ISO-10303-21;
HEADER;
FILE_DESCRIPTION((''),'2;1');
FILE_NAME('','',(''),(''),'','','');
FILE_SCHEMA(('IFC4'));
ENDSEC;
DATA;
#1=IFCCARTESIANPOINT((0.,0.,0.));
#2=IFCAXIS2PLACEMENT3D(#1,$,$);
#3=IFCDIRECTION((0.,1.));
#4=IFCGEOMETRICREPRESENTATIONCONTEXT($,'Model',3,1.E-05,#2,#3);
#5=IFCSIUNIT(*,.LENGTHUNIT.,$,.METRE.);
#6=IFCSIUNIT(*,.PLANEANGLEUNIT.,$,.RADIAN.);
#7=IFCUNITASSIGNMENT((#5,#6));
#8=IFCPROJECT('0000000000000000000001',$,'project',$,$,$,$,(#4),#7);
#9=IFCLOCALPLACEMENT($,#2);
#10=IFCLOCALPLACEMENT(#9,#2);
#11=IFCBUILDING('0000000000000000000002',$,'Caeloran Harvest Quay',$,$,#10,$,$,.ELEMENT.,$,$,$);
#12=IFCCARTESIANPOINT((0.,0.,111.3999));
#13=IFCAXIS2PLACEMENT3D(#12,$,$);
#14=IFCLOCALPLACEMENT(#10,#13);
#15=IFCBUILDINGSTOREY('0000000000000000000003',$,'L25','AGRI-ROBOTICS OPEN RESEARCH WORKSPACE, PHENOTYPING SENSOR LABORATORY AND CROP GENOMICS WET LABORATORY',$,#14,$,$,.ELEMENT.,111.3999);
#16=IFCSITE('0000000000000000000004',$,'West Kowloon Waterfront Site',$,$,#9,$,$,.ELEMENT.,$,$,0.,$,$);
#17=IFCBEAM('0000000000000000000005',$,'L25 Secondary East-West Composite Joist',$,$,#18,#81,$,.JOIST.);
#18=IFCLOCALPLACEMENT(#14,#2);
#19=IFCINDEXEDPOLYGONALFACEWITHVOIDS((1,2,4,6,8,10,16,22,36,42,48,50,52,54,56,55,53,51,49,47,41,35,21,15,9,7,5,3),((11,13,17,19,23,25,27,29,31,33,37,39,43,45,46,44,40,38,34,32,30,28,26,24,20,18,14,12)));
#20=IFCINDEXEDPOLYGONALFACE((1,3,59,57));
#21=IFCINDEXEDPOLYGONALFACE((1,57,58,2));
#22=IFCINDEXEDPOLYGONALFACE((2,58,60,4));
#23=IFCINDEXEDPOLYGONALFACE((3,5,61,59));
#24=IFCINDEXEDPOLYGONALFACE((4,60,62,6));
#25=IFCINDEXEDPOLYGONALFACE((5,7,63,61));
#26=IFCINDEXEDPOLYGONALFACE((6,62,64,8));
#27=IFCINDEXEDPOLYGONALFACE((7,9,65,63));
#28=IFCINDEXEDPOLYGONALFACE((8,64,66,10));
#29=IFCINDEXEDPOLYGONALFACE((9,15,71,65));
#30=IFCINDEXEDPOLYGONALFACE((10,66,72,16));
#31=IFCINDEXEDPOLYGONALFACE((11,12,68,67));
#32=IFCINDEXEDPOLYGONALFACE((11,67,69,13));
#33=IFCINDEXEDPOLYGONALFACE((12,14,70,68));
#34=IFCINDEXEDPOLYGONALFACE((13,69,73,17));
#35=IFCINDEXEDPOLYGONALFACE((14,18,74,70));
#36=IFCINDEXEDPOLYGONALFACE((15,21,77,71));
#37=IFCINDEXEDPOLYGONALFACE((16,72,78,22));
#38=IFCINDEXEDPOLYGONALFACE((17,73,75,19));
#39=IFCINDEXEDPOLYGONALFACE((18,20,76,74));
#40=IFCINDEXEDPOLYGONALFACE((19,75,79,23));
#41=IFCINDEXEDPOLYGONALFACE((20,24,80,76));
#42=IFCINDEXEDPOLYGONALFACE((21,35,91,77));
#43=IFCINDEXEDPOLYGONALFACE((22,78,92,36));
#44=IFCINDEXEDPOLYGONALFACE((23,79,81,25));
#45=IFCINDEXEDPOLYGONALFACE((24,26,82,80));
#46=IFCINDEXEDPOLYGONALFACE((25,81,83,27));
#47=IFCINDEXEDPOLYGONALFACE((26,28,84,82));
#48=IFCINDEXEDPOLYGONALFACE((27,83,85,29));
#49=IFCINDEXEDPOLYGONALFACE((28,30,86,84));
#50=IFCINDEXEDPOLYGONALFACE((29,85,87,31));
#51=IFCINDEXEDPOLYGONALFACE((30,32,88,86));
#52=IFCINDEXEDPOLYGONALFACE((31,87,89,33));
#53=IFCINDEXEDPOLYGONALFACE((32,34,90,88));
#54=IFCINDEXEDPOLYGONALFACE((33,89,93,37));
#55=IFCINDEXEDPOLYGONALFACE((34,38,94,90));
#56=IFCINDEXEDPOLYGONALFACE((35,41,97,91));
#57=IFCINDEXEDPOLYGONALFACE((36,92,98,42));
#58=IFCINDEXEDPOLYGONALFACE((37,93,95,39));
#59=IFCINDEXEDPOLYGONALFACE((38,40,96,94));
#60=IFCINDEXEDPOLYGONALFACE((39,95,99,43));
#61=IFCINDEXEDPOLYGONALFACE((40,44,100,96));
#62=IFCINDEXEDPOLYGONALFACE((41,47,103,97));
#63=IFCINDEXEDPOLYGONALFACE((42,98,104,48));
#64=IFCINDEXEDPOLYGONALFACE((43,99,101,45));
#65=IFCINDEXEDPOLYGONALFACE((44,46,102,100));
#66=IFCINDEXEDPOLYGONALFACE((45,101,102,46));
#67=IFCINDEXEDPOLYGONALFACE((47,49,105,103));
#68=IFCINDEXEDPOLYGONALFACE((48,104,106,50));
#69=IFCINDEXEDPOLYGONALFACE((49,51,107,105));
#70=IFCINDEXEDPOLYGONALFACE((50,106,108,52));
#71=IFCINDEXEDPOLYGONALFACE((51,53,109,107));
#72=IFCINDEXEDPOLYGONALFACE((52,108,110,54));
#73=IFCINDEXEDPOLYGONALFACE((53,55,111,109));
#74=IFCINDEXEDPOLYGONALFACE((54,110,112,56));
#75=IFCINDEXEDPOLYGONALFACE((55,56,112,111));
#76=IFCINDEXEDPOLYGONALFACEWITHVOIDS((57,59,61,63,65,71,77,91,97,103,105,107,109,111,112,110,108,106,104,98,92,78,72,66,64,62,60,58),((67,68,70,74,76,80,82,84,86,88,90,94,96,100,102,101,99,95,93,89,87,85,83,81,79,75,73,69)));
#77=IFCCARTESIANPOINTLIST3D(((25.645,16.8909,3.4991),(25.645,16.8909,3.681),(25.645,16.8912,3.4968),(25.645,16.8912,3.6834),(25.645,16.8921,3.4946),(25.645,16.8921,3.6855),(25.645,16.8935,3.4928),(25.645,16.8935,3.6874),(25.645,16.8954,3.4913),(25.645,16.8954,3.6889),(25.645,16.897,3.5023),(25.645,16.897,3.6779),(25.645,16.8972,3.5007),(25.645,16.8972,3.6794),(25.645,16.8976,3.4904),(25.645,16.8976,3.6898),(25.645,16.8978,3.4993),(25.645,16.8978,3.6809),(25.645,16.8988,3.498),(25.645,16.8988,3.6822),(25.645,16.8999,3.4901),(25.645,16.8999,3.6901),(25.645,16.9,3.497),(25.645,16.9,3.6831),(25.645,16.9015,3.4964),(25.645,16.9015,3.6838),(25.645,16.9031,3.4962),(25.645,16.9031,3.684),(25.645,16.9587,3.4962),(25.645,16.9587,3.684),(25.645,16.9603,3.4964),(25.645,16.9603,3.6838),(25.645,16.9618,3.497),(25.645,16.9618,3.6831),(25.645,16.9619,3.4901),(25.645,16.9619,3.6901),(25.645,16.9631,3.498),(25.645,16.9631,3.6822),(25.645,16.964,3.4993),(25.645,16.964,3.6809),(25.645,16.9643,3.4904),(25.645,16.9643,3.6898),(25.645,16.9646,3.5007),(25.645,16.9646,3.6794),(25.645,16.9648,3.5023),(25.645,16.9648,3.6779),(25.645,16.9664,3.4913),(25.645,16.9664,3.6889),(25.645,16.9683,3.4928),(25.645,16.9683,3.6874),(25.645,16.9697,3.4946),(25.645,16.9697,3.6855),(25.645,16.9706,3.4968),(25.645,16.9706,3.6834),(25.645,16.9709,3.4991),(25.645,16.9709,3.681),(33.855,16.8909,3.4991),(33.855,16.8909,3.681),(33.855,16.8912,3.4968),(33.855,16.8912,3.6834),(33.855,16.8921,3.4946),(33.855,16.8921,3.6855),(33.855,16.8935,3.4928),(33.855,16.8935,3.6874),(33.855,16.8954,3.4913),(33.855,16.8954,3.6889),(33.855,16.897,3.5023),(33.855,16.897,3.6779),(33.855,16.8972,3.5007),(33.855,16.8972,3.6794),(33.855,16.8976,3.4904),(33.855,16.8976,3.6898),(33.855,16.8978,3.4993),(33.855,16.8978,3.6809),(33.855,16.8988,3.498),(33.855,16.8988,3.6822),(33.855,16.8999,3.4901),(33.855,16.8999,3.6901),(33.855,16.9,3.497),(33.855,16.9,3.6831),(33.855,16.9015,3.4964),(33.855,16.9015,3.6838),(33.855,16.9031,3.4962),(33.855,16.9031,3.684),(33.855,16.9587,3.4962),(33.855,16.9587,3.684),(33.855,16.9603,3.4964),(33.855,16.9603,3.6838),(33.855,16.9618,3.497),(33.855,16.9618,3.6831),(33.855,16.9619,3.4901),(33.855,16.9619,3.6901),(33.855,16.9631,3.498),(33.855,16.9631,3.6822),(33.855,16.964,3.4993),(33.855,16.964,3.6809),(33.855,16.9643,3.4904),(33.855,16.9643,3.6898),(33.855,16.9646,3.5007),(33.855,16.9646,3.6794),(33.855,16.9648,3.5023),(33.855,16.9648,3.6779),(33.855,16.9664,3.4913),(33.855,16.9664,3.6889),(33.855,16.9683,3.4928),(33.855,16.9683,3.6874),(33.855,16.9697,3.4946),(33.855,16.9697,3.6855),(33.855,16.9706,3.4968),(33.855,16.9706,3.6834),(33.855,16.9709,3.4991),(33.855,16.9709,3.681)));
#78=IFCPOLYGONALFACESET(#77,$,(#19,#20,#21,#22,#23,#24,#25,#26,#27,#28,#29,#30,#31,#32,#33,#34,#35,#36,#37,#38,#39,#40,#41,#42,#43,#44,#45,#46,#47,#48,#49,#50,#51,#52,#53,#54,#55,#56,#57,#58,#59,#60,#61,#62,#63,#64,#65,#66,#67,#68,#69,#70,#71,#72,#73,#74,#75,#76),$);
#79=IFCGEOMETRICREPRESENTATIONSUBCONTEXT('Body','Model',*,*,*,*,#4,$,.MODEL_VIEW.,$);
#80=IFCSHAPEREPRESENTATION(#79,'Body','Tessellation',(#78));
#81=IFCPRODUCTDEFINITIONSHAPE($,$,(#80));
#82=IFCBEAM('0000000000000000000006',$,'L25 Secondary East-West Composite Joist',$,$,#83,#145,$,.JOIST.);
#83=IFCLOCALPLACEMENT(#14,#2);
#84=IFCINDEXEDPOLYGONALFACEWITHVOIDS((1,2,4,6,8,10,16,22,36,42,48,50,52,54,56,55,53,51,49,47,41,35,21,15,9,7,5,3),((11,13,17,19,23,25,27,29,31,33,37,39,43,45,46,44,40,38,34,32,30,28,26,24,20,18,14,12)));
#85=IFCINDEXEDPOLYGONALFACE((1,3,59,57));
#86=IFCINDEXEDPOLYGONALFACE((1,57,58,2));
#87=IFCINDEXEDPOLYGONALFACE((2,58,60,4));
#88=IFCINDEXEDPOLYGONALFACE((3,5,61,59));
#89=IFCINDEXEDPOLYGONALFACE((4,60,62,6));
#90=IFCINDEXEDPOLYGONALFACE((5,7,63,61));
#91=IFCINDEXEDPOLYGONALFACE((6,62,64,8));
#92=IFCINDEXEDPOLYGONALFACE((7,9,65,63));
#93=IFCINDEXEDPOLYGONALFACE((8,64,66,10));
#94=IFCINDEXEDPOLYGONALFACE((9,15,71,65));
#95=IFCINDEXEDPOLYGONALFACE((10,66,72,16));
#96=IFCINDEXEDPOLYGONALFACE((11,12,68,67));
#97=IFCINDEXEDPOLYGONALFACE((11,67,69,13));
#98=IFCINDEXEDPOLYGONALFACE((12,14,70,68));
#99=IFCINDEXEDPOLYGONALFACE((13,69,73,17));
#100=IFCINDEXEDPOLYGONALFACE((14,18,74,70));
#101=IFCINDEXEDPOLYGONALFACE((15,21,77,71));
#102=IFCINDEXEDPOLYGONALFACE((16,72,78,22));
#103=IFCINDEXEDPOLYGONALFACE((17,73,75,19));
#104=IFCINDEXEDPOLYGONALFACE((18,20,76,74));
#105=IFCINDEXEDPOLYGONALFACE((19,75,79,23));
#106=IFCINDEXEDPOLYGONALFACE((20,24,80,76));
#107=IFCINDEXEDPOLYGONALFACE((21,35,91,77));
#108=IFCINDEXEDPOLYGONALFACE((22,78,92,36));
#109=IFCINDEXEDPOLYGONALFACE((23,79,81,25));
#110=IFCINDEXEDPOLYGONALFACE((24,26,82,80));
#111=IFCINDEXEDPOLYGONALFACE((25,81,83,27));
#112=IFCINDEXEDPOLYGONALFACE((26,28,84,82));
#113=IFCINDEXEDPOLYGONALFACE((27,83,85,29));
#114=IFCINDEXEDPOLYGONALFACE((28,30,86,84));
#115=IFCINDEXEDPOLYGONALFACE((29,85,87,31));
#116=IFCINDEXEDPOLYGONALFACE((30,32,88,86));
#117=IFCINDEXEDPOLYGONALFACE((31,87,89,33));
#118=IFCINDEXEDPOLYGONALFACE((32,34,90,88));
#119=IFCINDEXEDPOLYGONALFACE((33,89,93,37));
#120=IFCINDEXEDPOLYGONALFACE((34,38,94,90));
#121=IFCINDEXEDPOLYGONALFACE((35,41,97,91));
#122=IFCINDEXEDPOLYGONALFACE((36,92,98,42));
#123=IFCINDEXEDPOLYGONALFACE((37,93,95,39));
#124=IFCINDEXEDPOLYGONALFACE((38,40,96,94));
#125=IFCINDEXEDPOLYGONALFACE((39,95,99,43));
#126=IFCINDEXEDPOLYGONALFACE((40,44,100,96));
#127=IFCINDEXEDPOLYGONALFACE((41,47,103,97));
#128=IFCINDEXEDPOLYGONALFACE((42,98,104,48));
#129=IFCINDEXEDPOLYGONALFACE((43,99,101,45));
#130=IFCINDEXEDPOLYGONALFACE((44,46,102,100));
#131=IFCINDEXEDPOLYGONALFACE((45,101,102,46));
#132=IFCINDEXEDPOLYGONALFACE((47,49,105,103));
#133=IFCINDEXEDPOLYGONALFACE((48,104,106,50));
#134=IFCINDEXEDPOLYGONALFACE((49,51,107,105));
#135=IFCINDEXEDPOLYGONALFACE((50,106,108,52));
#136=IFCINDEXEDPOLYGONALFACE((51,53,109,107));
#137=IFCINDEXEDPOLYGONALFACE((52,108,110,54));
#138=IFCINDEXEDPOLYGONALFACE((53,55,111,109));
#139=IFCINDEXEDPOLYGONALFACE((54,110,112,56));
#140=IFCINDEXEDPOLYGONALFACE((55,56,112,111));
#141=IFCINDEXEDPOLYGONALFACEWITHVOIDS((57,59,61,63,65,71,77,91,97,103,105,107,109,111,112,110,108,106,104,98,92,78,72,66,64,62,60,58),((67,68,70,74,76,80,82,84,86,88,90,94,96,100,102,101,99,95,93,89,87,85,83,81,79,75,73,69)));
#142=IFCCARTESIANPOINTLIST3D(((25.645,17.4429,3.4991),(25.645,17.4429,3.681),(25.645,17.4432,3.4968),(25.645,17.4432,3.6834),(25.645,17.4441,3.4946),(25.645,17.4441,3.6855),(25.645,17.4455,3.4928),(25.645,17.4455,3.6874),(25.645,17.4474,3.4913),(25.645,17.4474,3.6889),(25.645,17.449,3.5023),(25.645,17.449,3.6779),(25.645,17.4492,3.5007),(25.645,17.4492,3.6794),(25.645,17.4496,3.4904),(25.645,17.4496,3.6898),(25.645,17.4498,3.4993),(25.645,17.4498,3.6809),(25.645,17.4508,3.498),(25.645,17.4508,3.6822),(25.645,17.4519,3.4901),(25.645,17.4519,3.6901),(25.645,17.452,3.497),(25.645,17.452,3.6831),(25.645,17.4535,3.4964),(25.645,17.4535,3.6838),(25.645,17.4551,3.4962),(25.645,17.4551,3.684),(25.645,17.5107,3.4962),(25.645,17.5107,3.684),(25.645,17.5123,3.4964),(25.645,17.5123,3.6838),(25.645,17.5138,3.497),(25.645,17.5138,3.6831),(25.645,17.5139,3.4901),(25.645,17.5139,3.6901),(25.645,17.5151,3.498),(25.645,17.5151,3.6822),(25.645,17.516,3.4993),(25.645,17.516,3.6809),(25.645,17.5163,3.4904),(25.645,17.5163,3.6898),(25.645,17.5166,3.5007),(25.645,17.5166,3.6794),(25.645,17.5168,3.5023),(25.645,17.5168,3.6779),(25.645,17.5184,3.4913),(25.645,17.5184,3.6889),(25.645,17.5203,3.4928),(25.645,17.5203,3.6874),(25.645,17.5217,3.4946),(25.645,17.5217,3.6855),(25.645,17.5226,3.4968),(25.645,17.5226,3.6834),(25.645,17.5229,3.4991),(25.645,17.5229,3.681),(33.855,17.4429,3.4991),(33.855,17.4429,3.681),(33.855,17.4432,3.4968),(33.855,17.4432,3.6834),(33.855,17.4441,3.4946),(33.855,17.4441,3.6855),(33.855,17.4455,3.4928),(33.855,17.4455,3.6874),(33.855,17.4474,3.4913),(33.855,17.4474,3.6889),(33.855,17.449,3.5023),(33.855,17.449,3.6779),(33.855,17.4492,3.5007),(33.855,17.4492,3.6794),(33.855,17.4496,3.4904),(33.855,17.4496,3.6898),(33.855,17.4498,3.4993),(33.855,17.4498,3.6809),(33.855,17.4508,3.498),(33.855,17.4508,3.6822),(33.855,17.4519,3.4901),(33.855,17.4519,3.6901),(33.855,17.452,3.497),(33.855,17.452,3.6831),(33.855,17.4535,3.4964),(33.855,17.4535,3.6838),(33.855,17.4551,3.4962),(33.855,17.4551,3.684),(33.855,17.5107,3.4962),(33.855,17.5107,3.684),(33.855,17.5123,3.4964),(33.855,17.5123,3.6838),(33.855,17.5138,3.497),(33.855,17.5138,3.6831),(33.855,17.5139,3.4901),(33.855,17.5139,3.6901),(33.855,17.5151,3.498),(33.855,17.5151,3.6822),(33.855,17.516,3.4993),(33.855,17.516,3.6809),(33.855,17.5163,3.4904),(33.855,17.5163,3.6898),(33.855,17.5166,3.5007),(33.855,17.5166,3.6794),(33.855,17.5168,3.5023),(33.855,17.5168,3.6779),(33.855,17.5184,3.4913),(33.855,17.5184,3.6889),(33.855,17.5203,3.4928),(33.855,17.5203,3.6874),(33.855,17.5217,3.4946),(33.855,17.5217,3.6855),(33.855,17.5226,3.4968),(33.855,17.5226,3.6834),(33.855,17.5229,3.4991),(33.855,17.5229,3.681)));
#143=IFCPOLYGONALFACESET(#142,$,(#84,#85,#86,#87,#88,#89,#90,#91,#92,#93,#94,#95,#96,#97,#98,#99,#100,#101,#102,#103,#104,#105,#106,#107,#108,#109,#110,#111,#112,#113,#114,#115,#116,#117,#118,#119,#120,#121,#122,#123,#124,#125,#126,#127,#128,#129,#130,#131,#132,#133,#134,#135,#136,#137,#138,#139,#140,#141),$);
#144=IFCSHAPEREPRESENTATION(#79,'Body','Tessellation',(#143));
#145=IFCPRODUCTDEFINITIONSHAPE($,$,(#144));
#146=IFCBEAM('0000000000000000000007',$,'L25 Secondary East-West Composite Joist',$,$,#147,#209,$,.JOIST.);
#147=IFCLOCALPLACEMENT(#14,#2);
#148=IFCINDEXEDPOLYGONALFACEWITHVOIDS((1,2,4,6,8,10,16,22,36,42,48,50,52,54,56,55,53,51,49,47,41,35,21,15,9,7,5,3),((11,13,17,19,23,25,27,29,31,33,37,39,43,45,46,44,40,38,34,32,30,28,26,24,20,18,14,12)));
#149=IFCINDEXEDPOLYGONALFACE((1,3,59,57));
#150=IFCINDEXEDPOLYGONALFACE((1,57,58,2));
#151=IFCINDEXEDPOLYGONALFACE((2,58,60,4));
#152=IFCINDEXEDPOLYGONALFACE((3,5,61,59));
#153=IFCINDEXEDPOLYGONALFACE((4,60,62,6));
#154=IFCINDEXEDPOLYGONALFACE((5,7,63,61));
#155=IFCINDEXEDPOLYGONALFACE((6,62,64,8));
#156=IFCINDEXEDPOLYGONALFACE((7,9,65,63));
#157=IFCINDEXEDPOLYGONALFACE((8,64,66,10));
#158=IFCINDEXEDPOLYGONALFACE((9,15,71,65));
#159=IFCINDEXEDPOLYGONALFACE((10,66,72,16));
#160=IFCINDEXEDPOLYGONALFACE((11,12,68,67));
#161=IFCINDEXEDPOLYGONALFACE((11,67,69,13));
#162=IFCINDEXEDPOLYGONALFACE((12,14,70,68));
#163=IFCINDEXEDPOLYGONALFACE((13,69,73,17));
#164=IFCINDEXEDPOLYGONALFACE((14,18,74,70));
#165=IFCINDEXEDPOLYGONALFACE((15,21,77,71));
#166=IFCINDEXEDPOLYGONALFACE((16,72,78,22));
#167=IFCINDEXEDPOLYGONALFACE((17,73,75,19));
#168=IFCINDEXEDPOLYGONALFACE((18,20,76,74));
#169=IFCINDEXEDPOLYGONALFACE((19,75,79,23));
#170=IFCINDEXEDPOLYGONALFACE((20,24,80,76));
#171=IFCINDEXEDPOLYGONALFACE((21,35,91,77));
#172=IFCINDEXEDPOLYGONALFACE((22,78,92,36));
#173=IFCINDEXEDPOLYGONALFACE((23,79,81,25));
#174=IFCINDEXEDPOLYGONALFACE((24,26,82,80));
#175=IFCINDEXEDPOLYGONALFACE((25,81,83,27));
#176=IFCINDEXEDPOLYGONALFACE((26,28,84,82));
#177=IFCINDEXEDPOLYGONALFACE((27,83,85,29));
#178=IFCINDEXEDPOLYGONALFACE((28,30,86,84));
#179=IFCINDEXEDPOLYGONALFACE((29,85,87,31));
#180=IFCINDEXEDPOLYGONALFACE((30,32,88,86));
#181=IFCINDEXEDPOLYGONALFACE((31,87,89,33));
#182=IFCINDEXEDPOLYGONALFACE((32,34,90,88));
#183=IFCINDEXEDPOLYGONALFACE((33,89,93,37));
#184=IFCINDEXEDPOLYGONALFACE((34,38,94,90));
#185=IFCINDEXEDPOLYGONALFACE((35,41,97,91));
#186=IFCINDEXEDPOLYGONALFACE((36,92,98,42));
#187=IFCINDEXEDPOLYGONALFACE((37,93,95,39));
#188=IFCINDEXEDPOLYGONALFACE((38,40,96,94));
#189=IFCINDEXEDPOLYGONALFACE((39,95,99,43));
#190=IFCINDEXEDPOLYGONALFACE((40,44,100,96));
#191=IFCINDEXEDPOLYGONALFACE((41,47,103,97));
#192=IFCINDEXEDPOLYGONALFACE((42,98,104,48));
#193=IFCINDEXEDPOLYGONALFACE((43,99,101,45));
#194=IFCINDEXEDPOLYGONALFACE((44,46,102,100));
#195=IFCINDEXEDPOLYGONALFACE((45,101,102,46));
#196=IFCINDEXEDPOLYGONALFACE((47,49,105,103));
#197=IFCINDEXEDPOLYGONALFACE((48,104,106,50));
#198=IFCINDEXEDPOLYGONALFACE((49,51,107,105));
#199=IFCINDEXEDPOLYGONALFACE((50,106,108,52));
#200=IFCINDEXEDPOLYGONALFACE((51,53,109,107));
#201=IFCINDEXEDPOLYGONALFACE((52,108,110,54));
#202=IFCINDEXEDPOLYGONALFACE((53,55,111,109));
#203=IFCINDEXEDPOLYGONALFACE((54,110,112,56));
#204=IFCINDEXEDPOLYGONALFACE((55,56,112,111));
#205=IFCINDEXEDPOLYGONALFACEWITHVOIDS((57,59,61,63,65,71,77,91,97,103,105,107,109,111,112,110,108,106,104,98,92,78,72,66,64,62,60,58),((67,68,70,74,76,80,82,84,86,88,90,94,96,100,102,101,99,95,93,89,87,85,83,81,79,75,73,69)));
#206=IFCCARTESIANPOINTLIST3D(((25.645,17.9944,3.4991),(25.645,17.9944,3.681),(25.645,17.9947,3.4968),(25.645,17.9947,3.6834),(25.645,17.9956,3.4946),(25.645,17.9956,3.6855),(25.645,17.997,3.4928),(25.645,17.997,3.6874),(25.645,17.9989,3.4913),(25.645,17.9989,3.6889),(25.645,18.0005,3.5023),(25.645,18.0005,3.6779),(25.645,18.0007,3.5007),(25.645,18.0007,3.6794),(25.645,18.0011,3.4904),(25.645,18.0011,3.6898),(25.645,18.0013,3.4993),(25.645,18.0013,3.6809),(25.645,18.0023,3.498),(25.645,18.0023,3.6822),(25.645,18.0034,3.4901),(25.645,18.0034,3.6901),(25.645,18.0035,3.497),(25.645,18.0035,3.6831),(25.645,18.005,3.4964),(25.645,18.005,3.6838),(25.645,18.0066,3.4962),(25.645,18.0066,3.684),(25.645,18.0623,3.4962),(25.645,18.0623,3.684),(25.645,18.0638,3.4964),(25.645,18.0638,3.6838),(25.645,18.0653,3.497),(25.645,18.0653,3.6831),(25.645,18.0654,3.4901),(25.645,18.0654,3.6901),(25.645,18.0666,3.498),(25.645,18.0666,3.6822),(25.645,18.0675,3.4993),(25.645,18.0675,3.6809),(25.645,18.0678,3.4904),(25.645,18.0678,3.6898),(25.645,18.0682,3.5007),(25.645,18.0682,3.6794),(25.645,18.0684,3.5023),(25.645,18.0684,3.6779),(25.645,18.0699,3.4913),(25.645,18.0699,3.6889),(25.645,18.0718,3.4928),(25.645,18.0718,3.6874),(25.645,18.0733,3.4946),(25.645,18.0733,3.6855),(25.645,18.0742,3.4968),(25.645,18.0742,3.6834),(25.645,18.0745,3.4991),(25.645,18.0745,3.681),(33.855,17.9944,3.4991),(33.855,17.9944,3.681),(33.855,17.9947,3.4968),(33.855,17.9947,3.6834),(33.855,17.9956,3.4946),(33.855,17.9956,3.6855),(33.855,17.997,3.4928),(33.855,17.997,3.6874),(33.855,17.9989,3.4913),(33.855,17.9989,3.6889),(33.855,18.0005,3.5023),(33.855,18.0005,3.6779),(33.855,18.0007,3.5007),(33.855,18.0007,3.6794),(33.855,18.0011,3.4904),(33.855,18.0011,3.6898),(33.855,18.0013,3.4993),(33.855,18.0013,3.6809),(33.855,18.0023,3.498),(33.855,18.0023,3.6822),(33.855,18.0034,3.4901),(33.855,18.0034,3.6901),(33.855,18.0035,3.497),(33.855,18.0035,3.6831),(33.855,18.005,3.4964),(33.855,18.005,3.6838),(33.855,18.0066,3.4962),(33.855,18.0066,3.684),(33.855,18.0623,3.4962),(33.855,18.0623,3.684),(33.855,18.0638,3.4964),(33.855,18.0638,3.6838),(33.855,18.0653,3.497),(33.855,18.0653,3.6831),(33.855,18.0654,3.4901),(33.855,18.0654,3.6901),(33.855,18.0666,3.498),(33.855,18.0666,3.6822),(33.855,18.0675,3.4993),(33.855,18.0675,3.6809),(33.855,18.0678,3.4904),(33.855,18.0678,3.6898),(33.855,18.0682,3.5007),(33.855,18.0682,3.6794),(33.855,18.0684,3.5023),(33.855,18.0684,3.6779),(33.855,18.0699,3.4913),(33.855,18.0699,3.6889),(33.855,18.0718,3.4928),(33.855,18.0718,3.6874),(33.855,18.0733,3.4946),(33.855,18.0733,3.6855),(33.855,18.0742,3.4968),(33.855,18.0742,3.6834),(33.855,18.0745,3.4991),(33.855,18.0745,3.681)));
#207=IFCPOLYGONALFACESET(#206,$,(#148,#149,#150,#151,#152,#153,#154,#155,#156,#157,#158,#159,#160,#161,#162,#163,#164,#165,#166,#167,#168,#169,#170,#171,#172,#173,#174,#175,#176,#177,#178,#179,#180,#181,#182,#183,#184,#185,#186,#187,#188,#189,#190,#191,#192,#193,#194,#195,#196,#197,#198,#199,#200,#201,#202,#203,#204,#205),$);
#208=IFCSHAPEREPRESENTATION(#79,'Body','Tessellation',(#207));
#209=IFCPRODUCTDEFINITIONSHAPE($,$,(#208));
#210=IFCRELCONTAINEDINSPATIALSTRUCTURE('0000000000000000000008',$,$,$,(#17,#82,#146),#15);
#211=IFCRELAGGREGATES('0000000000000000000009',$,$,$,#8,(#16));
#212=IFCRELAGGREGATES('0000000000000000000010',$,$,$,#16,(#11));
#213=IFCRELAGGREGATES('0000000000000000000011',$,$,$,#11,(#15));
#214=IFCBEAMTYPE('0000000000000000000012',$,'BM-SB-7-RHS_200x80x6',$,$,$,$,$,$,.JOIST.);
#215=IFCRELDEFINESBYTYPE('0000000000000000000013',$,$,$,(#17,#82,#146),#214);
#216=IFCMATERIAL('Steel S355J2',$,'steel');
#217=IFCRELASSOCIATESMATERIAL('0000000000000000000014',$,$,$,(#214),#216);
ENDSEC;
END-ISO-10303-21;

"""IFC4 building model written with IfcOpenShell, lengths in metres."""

from ifc_helpers import new_model, si_unit, direction, frame, origin, origin_2d, place, context, subcontext, project, spatial, hollow_rectangle, extrude, material, material_profile, profile_set, type_object, element, save


model = new_model("IFC4")

# Units and contexts
model_context = context("Model", 3, precision=1e-05, world=origin(), true_north=direction((0.0, 1.0)))
body_context = subcontext(model_context, "Body", "Model", "MODEL_VIEW")
ifc_project = project(units=[si_unit("LENGTHUNIT", "METRE"), si_unit("PLANEANGLEUNIT", "RADIAN")], contexts=[model_context])

# Site, building, storey
site_placement = place(None, origin())
site = spatial("IfcSite", under=ifc_project, at=site_placement, Name="West Kowloon Waterfront Site", CompositionType="ELEMENT", RefElevation=0.0)
building_placement = place(site_placement, origin())
building = spatial("IfcBuilding", under=site, at=building_placement, Name="Caeloran Harvest Quay", CompositionType="ELEMENT")
storey_placement = place(building_placement, frame((0.0, 0.0, 111.3999)))
storey = spatial("IfcBuildingStorey", under=building, at=storey_placement, Name="L25", Description="AGRI-ROBOTICS OPEN RESEARCH WORKSPACE, PHENOTYPING SENSOR LABORATORY AND CROP GENOMICS WET LABORATORY", CompositionType="ELEMENT", Elevation=111.3999)

# Beams
ifc_material_1 = material(Name="Steel S355J2", Category="steel")
ifc_material_profile_1 = material_profile(ifc_material_1, hollow_rectangle(XDim=0.0801, YDim=0.2, WallThickness=0.0061, InnerFilletRadius=0.0061, OuterFilletRadius=0.009, at=origin_2d()), Name="RHS 200x80x6")
ifc_profile_set_1 = profile_set([ifc_material_profile_1], Name="Steel S355J2")
beam_type_1 = type_object("IfcBeamType", Name="BM-SB-7-RHS_200x80x6", PredefinedType="JOIST", material=ifc_profile_set_1)
for number, where, z_axis, x_axis, name in (
    (1, (25.645, 16.9309, 3.5901), (1.0, 0.0, 0.0), (0.0, 1.0, 0.0), "L25 Secondary East-West Composite Joist"),
    (2, (25.645, 17.4829, 3.5901), (1.0, 0.0, 0.0), (0.0, 1.0, 0.0), "L25 Secondary East-West Composite Joist"),
    (3, (25.645, 18.0344, 3.5901), (1.0, 0.0, 0.0), (0.0, 1.0, 0.0), "L25 Secondary East-West Composite Joist"),
):
    element("IfcBeam", number, at=place(storey_placement, frame(where, z_axis=z_axis, x_axis=x_axis)), inside=storey, type_object=beam_type_1, Name=name, PredefinedType="JOIST", context=body_context, shape_type="SweptSolid", body=[
        extrude(hollow_rectangle(XDim=0.0801, YDim=0.2, WallThickness=0.0061, InnerFilletRadius=0.0061, OuterFilletRadius=0.009, at=origin_2d()), origin(), (0.0, 0.0, 1.0), 8.21),
    ])

save(model, "model.ifc")
